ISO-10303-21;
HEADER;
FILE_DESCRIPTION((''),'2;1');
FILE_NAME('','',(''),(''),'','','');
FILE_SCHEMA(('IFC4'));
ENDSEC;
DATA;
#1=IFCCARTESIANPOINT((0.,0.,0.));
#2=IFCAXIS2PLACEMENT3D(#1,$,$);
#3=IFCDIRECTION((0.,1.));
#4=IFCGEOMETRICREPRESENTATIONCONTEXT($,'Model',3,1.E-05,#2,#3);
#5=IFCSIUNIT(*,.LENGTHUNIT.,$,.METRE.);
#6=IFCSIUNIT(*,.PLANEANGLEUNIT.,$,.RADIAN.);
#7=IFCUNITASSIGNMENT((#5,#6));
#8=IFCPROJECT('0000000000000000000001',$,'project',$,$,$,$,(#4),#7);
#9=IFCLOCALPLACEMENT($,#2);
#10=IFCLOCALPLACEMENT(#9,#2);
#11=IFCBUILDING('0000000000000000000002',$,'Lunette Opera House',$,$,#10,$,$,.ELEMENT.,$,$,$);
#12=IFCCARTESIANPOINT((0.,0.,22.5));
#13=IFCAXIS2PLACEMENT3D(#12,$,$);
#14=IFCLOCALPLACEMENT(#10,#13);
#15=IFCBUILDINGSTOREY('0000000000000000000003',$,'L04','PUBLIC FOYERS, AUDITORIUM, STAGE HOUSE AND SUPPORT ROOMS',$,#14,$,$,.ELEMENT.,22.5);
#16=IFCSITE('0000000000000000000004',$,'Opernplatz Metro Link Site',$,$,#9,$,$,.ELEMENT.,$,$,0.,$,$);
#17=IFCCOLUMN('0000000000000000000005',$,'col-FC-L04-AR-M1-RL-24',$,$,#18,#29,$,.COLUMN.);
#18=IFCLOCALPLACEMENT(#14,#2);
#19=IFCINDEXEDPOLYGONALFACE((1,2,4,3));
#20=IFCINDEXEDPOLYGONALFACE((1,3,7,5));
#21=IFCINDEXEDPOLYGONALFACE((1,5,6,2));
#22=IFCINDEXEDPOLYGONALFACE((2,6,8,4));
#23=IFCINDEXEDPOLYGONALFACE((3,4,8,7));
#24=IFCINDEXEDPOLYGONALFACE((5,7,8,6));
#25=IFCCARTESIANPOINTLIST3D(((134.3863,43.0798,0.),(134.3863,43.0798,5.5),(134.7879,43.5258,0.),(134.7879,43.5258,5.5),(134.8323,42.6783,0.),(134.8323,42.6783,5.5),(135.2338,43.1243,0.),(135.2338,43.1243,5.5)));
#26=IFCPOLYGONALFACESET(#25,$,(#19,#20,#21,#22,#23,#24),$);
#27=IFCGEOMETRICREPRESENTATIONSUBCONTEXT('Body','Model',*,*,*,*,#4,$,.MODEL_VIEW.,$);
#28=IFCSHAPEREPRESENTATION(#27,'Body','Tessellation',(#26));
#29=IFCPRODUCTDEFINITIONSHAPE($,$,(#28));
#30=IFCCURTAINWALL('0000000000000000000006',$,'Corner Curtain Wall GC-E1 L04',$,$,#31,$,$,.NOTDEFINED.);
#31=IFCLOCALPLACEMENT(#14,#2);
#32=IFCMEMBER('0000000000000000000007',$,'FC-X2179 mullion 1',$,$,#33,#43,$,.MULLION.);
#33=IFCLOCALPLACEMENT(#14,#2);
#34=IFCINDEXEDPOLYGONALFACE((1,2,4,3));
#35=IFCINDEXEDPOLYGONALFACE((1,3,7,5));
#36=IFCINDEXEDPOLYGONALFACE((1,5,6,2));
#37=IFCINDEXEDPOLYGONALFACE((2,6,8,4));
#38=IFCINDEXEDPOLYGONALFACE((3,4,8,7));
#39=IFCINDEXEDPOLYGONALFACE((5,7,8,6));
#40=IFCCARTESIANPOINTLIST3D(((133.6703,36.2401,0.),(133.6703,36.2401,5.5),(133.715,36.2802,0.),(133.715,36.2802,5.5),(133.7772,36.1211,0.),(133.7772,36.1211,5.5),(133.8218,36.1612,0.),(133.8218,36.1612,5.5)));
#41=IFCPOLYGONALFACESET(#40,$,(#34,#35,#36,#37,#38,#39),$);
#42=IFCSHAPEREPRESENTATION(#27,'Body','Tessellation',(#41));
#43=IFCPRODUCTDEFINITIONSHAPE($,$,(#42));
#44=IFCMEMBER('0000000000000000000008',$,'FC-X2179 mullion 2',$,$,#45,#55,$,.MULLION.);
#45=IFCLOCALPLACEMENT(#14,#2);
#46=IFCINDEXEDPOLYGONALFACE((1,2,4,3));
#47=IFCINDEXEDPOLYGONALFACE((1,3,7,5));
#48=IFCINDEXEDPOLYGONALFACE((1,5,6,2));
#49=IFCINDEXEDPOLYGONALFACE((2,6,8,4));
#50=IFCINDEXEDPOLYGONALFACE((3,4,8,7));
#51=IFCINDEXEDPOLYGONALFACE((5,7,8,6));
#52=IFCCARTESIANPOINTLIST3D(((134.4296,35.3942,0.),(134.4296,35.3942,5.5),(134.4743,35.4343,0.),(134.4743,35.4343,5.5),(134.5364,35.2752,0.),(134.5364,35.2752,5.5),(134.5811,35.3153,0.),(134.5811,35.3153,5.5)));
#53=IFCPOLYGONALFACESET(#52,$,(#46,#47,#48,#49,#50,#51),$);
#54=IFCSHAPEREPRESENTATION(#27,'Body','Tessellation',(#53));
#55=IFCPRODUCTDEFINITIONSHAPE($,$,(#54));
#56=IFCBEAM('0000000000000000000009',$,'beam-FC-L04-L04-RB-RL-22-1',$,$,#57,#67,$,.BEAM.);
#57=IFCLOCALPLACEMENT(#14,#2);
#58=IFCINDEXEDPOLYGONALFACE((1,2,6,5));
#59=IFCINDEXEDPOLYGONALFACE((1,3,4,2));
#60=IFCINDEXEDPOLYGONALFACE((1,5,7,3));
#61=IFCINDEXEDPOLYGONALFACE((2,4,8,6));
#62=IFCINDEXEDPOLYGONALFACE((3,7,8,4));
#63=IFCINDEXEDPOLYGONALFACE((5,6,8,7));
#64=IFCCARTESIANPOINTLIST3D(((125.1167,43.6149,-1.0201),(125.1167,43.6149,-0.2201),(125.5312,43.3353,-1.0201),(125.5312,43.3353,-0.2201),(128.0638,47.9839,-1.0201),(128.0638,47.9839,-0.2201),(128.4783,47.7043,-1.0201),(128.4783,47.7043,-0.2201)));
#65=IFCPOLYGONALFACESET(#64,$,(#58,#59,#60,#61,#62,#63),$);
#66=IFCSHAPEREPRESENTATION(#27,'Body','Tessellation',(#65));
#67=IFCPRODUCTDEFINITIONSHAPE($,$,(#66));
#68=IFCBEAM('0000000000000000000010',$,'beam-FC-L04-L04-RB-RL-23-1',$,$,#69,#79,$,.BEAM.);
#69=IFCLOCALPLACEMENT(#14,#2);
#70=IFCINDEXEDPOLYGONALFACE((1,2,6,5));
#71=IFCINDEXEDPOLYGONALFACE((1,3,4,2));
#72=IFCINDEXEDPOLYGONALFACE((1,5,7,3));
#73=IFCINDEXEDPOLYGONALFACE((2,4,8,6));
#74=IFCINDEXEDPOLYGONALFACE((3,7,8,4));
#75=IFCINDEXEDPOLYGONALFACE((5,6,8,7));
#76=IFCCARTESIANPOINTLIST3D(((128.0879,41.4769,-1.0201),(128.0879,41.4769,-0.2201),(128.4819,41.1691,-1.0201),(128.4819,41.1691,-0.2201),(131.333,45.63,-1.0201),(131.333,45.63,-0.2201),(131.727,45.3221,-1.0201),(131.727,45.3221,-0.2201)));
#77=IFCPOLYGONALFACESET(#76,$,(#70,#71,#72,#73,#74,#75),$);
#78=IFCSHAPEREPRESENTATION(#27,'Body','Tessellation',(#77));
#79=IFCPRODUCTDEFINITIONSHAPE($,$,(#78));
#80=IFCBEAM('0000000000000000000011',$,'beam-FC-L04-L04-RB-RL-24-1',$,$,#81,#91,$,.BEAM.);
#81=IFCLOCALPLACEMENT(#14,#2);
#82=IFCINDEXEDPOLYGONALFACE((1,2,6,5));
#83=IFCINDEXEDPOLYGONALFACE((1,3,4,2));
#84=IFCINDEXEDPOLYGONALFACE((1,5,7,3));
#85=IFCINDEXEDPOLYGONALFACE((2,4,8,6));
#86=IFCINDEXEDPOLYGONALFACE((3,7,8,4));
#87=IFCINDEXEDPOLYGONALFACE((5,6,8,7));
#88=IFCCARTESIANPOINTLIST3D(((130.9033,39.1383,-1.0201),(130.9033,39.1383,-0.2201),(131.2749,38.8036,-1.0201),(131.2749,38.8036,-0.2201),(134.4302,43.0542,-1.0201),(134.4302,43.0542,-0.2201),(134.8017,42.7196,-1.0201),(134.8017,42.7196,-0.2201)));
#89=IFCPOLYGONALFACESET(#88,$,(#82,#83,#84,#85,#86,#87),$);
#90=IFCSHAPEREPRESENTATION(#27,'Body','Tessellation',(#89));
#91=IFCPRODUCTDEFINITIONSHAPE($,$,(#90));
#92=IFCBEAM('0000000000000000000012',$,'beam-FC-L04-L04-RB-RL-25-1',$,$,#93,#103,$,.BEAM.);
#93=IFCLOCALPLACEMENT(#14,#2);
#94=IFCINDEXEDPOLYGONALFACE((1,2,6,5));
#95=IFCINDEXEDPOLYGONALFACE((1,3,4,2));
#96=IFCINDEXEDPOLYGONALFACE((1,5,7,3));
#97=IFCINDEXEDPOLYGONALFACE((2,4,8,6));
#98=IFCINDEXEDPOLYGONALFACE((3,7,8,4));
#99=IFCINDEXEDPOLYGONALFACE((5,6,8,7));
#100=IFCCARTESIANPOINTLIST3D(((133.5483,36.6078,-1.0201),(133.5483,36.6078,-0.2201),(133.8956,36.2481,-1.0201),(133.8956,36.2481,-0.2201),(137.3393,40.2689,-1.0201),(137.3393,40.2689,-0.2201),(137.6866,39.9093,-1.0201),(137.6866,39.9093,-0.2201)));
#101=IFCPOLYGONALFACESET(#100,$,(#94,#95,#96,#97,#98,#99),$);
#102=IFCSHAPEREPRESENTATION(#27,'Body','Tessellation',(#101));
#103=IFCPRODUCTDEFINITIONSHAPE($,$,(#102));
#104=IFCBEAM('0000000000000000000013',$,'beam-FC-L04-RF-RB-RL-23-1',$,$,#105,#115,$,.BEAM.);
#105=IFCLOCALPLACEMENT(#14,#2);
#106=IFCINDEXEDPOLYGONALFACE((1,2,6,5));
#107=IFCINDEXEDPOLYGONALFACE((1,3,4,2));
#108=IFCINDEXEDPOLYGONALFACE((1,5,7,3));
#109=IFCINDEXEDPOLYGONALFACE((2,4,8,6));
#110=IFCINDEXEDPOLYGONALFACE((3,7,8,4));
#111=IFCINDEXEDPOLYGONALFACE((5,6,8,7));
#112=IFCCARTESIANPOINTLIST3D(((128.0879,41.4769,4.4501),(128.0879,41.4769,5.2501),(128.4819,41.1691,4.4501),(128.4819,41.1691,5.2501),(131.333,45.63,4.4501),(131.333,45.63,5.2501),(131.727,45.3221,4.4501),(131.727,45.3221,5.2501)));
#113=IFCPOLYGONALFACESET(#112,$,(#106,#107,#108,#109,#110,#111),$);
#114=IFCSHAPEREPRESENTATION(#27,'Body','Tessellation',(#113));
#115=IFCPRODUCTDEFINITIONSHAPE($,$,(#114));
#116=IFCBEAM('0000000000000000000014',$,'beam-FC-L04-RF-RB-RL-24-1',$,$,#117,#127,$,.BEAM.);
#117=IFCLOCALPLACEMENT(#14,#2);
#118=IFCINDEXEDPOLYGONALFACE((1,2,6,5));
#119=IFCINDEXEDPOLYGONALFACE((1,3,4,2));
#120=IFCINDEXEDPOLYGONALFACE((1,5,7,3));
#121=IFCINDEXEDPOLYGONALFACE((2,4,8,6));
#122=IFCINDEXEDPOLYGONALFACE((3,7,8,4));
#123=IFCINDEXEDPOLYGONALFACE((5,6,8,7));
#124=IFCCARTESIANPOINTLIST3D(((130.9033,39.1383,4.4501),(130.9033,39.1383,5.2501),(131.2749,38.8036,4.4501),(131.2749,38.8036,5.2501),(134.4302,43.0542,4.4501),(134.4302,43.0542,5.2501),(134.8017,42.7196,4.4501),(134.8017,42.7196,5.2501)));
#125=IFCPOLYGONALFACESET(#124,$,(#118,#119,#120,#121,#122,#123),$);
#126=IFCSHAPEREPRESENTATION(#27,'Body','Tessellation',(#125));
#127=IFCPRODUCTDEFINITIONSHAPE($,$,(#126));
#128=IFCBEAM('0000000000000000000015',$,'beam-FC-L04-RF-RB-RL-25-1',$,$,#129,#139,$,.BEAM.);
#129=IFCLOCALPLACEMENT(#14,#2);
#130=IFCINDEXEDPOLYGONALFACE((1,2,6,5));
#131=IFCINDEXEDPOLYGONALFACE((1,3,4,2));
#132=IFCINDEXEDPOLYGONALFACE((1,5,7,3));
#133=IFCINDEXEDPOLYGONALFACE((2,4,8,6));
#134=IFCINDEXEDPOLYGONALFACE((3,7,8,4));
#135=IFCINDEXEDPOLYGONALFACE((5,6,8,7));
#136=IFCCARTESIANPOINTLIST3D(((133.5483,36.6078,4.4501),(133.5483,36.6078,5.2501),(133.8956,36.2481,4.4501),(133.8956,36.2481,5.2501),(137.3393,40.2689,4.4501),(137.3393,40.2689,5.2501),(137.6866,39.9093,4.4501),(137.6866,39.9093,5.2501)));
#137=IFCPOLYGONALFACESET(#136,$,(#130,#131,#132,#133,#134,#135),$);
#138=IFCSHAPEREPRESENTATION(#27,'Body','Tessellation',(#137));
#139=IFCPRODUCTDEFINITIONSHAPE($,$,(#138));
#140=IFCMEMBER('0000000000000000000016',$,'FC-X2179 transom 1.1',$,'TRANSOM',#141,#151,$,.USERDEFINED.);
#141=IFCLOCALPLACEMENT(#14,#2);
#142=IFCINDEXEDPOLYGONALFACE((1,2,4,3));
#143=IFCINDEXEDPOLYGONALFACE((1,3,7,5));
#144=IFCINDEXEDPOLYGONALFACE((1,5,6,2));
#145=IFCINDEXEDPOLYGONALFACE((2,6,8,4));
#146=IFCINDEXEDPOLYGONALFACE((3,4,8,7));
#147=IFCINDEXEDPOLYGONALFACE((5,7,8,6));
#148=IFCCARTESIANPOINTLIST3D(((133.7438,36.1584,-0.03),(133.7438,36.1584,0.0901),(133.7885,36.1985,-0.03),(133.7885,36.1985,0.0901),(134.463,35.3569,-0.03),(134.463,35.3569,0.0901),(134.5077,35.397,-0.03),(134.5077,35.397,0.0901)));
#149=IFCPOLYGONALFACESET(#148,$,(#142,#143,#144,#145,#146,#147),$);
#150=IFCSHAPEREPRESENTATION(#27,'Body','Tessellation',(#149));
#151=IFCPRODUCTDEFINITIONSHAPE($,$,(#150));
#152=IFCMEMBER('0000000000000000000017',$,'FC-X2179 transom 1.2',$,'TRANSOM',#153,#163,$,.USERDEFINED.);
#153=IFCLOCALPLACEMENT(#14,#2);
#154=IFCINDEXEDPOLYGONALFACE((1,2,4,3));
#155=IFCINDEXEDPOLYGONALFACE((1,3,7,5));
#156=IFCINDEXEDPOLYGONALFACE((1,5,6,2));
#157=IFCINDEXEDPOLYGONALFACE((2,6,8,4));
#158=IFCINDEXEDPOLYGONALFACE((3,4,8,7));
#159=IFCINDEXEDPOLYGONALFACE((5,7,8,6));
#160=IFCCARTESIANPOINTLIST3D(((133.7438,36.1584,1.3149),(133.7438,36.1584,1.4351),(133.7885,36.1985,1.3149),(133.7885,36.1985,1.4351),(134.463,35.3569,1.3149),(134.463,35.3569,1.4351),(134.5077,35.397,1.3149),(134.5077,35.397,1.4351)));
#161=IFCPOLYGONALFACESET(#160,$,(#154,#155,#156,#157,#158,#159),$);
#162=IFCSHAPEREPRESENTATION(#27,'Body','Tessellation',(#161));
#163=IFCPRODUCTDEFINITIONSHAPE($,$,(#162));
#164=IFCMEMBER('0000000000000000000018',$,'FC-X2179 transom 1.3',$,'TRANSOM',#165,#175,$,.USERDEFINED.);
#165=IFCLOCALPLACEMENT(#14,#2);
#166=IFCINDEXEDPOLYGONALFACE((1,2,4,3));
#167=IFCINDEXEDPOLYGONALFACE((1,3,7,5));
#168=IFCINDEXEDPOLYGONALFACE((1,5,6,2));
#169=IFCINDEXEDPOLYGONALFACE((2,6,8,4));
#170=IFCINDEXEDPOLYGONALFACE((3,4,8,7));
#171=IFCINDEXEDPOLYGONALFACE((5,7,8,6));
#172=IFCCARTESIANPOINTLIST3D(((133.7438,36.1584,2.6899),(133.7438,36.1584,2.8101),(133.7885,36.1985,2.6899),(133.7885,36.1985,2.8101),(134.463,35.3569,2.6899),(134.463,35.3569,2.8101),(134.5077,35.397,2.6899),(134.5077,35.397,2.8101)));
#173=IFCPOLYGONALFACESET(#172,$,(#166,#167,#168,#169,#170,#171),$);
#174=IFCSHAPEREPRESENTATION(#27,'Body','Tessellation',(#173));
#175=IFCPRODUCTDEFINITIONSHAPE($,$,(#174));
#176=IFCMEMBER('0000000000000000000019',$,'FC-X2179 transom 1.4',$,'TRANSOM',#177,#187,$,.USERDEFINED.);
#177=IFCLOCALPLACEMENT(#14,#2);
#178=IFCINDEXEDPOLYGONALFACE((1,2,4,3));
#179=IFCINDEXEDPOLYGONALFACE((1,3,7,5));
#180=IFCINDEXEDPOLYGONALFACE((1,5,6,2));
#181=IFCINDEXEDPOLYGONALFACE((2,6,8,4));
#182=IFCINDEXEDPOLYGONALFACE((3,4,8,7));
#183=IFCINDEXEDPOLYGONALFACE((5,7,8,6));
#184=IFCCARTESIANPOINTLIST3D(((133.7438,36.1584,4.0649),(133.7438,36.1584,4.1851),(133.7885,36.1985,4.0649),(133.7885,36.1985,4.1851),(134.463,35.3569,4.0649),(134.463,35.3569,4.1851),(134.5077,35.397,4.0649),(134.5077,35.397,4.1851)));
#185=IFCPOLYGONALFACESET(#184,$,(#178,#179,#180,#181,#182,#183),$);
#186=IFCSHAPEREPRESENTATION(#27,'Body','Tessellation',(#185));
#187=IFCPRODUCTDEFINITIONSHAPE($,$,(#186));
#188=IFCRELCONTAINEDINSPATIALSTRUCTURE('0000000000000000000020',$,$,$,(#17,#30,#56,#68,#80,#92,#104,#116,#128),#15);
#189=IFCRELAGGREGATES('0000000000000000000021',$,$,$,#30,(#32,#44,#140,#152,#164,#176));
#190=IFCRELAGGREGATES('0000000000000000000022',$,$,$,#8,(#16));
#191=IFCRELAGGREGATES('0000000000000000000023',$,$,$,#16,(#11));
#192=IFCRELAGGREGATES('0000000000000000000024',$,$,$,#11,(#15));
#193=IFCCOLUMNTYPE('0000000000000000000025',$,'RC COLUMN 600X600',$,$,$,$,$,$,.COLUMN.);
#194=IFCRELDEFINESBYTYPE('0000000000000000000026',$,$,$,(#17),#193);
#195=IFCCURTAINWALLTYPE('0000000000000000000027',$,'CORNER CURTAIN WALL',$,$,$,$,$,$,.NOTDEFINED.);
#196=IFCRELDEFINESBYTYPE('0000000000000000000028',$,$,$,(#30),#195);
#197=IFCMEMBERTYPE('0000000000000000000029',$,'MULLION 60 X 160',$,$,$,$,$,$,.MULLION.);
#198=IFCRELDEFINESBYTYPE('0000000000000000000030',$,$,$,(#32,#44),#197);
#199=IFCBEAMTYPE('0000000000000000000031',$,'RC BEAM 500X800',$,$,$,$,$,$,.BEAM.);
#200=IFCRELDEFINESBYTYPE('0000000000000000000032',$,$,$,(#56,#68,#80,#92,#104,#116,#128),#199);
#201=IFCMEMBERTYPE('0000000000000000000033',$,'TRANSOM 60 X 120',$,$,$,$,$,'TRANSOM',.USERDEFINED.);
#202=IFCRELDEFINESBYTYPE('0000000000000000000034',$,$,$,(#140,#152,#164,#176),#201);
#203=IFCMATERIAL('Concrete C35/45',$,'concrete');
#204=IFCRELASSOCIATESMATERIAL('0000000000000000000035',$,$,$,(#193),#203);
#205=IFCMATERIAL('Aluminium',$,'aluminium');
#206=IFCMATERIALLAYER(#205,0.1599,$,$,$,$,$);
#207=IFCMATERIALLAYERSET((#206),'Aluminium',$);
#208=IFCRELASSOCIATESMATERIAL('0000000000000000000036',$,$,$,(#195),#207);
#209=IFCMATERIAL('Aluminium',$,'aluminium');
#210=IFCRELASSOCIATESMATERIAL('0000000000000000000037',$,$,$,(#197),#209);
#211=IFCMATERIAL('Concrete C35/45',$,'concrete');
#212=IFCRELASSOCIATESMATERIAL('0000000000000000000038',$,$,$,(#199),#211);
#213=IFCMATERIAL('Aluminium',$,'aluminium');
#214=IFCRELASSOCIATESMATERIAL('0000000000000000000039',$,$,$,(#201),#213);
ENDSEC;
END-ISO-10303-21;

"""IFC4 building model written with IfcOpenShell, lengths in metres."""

from ifc_helpers import new_model, si_unit, direction, frame, origin, origin_2d, place, context, subcontext, project, spatial, rectangle, extrude, material, layer, layer_set, material_profile, profile_set, type_object, element, aggregate, save


model = new_model("IFC4")

# Units and contexts
model_context = context("Model", 3, precision=1e-05, world=origin(), true_north=direction((0.0, 1.0)))
body_context = subcontext(model_context, "Body", "Model", "MODEL_VIEW")
ifc_project = project(units=[si_unit("LENGTHUNIT", "METRE"), si_unit("PLANEANGLEUNIT", "RADIAN")], contexts=[model_context])

# Site, building, storey
site_placement = place(None, origin())
site = spatial("IfcSite", under=ifc_project, at=site_placement, Name="Opernplatz Metro Link Site", CompositionType="ELEMENT", RefElevation=0.0)
building_placement = place(site_placement, origin())
building = spatial("IfcBuilding", under=site, at=building_placement, Name="Lunette Opera House", CompositionType="ELEMENT")
storey_placement = place(building_placement, frame((0.0, 0.0, 22.5)))
storey = spatial("IfcBuildingStorey", under=building, at=storey_placement, Name="L04", Description="PUBLIC FOYERS, AUDITORIUM, STAGE HOUSE AND SUPPORT ROOMS", CompositionType="ELEMENT", Elevation=22.5)

# Column
ifc_material_1 = material(Name="Concrete C35/45", Category="concrete")
ifc_material_profile_1 = material_profile(ifc_material_1, rectangle(XDim=0.6001, YDim=0.6001, at=origin_2d()), Name="RC COLUMN 600X600")
ifc_profile_set_1 = profile_set([ifc_material_profile_1], Name="Concrete C35/45")
column_type = type_object("IfcColumnType", Name="RC COLUMN 600X600", PredefinedType="COLUMN", material=ifc_profile_set_1)
column_placement = place(storey_placement, frame((134.8101, 43.1021, 0.0), z_axis=(0.0, 0.0, 1.0), x_axis=(0.743145, -0.669131, 0.0)))
element("IfcColumn", 1, at=column_placement, inside=storey, type_object=column_type, Name="col-FC-L04-AR-M1-RL-24", PredefinedType="COLUMN", context=body_context, shape_type="SweptSolid", body=[
    extrude(rectangle(XDim=0.6001, YDim=0.6001, at=origin_2d()), origin(), (0.0, 0.0, 1.0), 5.5),
])

# Curtain wall, members
ifc_material_2 = material(Name="Aluminium", Category="aluminium")
ifc_layer_1 = layer(ifc_material_2, 0.1599)
ifc_layer_set_1 = layer_set([ifc_layer_1], Name="Aluminium")
curtain_wall_type = type_object("IfcCurtainWallType", Name="CORNER CURTAIN WALL", PredefinedType="NOTDEFINED", material=ifc_layer_set_1)
curtain_wall_placement = place(storey_placement, origin())
curtain_wall = element("IfcCurtainWall", 2, at=curtain_wall_placement, inside=storey, type_object=curtain_wall_type, Name="Corner Curtain Wall GC-E1 L04", PredefinedType="NOTDEFINED")
ifc_material_3 = material(Name="Aluminium", Category="aluminium")
ifc_material_profile_2 = material_profile(ifc_material_3, rectangle(XDim=0.0601, YDim=0.1599, at=origin_2d()), Name="MULLION 60 X 160")
ifc_profile_set_2 = profile_set([ifc_material_profile_2], Name="Aluminium")
member_type_1 = type_object("IfcMemberType", Name="MULLION 60 X 160", PredefinedType="MULLION", material=ifc_profile_set_2)
member_1_placement = place(storey_placement, frame((133.7461, 36.2007, 0.0), z_axis=(0.0, 0.0, 1.0), x_axis=(0.744217, 0.667938, 0.0)))
member_1 = element("IfcMember", 3, at=member_1_placement, type_object=member_type_1, Name="FC-X2179 mullion 1", PredefinedType="MULLION", context=body_context, shape_type="SweptSolid", body=[
    extrude(rectangle(XDim=0.0601, YDim=0.1599, at=origin_2d()), origin(), (0.0, 0.0, 1.0), 5.5),
])
member_2_placement = place(storey_placement, frame((134.5054, 35.3547, 0.0), z_axis=(0.0, 0.0, 1.0), x_axis=(0.744217, 0.667938, 0.0)))
member_2 = element("IfcMember", 4, at=member_2_placement, type_object=member_type_1, Name="FC-X2179 mullion 2", PredefinedType="MULLION", context=body_context, shape_type="SweptSolid", body=[
    extrude(rectangle(XDim=0.0601, YDim=0.1599, at=origin_2d()), origin(), (0.0, 0.0, 1.0), 5.5),
])

# Beams
ifc_material_4 = material(Name="Concrete C35/45", Category="concrete")
ifc_material_profile_3 = material_profile(ifc_material_4, rectangle(XDim=0.5, YDim=0.8, at=origin_2d()), Name="RC BEAM 500X800")
ifc_profile_set_3 = profile_set([ifc_material_profile_3], Name="Concrete C35/45")
beam_type = type_object("IfcBeamType", Name="RC BEAM 500X800", PredefinedType="BEAM", material=ifc_profile_set_3)
beam_1_placement = place(storey_placement, frame((125.324, 43.4751, -0.6201), z_axis=(0.559214, 0.829023, 0.0), x_axis=(-0.829023, 0.559214, 0.0)))
element("IfcBeam", 5, at=beam_1_placement, inside=storey, type_object=beam_type, Name="beam-FC-L04-L04-RB-RL-22-1", PredefinedType="BEAM", context=body_context, shape_type="SweptSolid", body=[
    extrude(rectangle(XDim=0.5, YDim=0.8, at=origin_2d()), origin(), (0.0, 0.0, 1.0), 5.27),
])
beam_2_placement = place(storey_placement, frame((128.2849, 41.323, -0.6201), z_axis=(0.615706, 0.787976, 0.0), x_axis=(-0.787976, 0.615706, 0.0)))
element("IfcBeam", 6, at=beam_2_placement, inside=storey, type_object=beam_type, Name="beam-FC-L04-L04-RB-RL-23-1", PredefinedType="BEAM", context=body_context, shape_type="SweptSolid", body=[
    extrude(rectangle(XDim=0.5, YDim=0.8, at=origin_2d()), origin(), (0.0, 0.0, 1.0), 5.2705),
])
beam_3_placement = place(storey_placement, frame((131.0891, 38.9709, -0.6201), z_axis=(0.669221, 0.743064, 0.0), x_axis=(-0.743064, 0.669221, 0.0)))
element("IfcBeam", 7, at=beam_3_placement, inside=storey, type_object=beam_type, Name="beam-FC-L04-L04-RB-RL-24-1", PredefinedType="BEAM", context=body_context, shape_type="SweptSolid", body=[
    extrude(rectangle(XDim=0.5, YDim=0.8, at=origin_2d()), origin(), (0.0, 0.0, 1.0), 5.27),
])
beam_4_placement = place(storey_placement, frame((133.7219, 36.428, -0.6201), z_axis=(0.719322, 0.694677, 0.0), x_axis=(-0.694677, 0.719322, 0.0)))
element("IfcBeam", 8, at=beam_4_placement, inside=storey, type_object=beam_type, Name="beam-FC-L04-L04-RB-RL-25-1", PredefinedType="BEAM", context=body_context, shape_type="SweptSolid", body=[
    extrude(rectangle(XDim=0.5, YDim=0.8, at=origin_2d()), origin(), (0.0, 0.0, 1.0), 5.2703),
])
beam_5_placement = place(storey_placement, frame((128.2849, 41.323, 4.8501), z_axis=(0.615706, 0.787976, 0.0), x_axis=(-0.787976, 0.615706, 0.0)))
element("IfcBeam", 9, at=beam_5_placement, inside=storey, type_object=beam_type, Name="beam-FC-L04-RF-RB-RL-23-1", PredefinedType="BEAM", context=body_context, shape_type="SweptSolid", body=[
    extrude(rectangle(XDim=0.5, YDim=0.8, at=origin_2d()), origin(), (0.0, 0.0, 1.0), 5.2705),
])
beam_6_placement = place(storey_placement, frame((131.0891, 38.9709, 4.8501), z_axis=(0.669221, 0.743064, 0.0), x_axis=(-0.743064, 0.669221, 0.0)))
element("IfcBeam", 10, at=beam_6_placement, inside=storey, type_object=beam_type, Name="beam-FC-L04-RF-RB-RL-24-1", PredefinedType="BEAM", context=body_context, shape_type="SweptSolid", body=[
    extrude(rectangle(XDim=0.5, YDim=0.8, at=origin_2d()), origin(), (0.0, 0.0, 1.0), 5.27),
])
beam_7_placement = place(storey_placement, frame((133.7219, 36.428, 4.8501), z_axis=(0.719322, 0.694677, 0.0), x_axis=(-0.694677, 0.719322, 0.0)))
element("IfcBeam", 11, at=beam_7_placement, inside=storey, type_object=beam_type, Name="beam-FC-L04-RF-RB-RL-25-1", PredefinedType="BEAM", context=body_context, shape_type="SweptSolid", body=[
    extrude(rectangle(XDim=0.5, YDim=0.8, at=origin_2d()), origin(), (0.0, 0.0, 1.0), 5.2703),
])

# Members
ifc_material_5 = material(Name="Aluminium", Category="aluminium")
ifc_material_profile_4 = material_profile(ifc_material_5, rectangle(XDim=0.0601, YDim=0.1201, at=origin_2d()), Name="TRANSOM 60 X 120")
ifc_profile_set_4 = profile_set([ifc_material_profile_4], Name="Aluminium")
member_type_2 = type_object("IfcMemberType", Name="TRANSOM 60 X 120", ElementType="TRANSOM", PredefinedType="USERDEFINED", material=ifc_profile_set_4)
member_3_placement = place(storey_placement, frame((133.7661, 36.1785, 0.03), z_axis=(0.667874, -0.744274, 0.0), x_axis=(0.744274, 0.667874, 0.0)))
member_3 = element("IfcMember", 12, at=member_3_placement, type_object=member_type_2, Name="FC-X2179 transom 1.1", ObjectType="TRANSOM", PredefinedType="USERDEFINED", context=body_context, shape_type="SweptSolid", body=[
    extrude(rectangle(XDim=0.0601, YDim=0.1201, at=origin_2d()), origin(), (0.0, 0.0, 1.0), 1.0769),
])
member_4_placement = place(storey_placement, frame((133.7661, 36.1785, 1.375), z_axis=(0.667874, -0.744274, 0.0), x_axis=(0.744274, 0.667874, 0.0)))
member_4 = element("IfcMember", 13, at=member_4_placement, type_object=member_type_2, Name="FC-X2179 transom 1.2", ObjectType="TRANSOM", PredefinedType="USERDEFINED", context=body_context, shape_type="SweptSolid", body=[
    extrude(rectangle(XDim=0.0601, YDim=0.1201, at=origin_2d()), origin(), (0.0, 0.0, 1.0), 1.0769),
])
member_5_placement = place(storey_placement, frame((133.7661, 36.1785, 2.75), z_axis=(0.667874, -0.744274, 0.0), x_axis=(0.744274, 0.667874, 0.0)))
member_5 = element("IfcMember", 14, at=member_5_placement, type_object=member_type_2, Name="FC-X2179 transom 1.3", ObjectType="TRANSOM", PredefinedType="USERDEFINED", context=body_context, shape_type="SweptSolid", body=[
    extrude(rectangle(XDim=0.0601, YDim=0.1201, at=origin_2d()), origin(), (0.0, 0.0, 1.0), 1.0769),
])
member_6_placement = place(storey_placement, frame((133.7661, 36.1785, 4.125), z_axis=(0.667874, -0.744274, 0.0), x_axis=(0.744274, 0.667874, 0.0)))
member_6 = element("IfcMember", 15, at=member_6_placement, type_object=member_type_2, Name="FC-X2179 transom 1.4", ObjectType="TRANSOM", PredefinedType="USERDEFINED", context=body_context, shape_type="SweptSolid", body=[
    extrude(rectangle(XDim=0.0601, YDim=0.1201, at=origin_2d()), origin(), (0.0, 0.0, 1.0), 1.0769),
])

aggregate(curtain_wall, [member_1, member_2, member_3, member_4, member_5, member_6])

save(model, "model.ifc")
